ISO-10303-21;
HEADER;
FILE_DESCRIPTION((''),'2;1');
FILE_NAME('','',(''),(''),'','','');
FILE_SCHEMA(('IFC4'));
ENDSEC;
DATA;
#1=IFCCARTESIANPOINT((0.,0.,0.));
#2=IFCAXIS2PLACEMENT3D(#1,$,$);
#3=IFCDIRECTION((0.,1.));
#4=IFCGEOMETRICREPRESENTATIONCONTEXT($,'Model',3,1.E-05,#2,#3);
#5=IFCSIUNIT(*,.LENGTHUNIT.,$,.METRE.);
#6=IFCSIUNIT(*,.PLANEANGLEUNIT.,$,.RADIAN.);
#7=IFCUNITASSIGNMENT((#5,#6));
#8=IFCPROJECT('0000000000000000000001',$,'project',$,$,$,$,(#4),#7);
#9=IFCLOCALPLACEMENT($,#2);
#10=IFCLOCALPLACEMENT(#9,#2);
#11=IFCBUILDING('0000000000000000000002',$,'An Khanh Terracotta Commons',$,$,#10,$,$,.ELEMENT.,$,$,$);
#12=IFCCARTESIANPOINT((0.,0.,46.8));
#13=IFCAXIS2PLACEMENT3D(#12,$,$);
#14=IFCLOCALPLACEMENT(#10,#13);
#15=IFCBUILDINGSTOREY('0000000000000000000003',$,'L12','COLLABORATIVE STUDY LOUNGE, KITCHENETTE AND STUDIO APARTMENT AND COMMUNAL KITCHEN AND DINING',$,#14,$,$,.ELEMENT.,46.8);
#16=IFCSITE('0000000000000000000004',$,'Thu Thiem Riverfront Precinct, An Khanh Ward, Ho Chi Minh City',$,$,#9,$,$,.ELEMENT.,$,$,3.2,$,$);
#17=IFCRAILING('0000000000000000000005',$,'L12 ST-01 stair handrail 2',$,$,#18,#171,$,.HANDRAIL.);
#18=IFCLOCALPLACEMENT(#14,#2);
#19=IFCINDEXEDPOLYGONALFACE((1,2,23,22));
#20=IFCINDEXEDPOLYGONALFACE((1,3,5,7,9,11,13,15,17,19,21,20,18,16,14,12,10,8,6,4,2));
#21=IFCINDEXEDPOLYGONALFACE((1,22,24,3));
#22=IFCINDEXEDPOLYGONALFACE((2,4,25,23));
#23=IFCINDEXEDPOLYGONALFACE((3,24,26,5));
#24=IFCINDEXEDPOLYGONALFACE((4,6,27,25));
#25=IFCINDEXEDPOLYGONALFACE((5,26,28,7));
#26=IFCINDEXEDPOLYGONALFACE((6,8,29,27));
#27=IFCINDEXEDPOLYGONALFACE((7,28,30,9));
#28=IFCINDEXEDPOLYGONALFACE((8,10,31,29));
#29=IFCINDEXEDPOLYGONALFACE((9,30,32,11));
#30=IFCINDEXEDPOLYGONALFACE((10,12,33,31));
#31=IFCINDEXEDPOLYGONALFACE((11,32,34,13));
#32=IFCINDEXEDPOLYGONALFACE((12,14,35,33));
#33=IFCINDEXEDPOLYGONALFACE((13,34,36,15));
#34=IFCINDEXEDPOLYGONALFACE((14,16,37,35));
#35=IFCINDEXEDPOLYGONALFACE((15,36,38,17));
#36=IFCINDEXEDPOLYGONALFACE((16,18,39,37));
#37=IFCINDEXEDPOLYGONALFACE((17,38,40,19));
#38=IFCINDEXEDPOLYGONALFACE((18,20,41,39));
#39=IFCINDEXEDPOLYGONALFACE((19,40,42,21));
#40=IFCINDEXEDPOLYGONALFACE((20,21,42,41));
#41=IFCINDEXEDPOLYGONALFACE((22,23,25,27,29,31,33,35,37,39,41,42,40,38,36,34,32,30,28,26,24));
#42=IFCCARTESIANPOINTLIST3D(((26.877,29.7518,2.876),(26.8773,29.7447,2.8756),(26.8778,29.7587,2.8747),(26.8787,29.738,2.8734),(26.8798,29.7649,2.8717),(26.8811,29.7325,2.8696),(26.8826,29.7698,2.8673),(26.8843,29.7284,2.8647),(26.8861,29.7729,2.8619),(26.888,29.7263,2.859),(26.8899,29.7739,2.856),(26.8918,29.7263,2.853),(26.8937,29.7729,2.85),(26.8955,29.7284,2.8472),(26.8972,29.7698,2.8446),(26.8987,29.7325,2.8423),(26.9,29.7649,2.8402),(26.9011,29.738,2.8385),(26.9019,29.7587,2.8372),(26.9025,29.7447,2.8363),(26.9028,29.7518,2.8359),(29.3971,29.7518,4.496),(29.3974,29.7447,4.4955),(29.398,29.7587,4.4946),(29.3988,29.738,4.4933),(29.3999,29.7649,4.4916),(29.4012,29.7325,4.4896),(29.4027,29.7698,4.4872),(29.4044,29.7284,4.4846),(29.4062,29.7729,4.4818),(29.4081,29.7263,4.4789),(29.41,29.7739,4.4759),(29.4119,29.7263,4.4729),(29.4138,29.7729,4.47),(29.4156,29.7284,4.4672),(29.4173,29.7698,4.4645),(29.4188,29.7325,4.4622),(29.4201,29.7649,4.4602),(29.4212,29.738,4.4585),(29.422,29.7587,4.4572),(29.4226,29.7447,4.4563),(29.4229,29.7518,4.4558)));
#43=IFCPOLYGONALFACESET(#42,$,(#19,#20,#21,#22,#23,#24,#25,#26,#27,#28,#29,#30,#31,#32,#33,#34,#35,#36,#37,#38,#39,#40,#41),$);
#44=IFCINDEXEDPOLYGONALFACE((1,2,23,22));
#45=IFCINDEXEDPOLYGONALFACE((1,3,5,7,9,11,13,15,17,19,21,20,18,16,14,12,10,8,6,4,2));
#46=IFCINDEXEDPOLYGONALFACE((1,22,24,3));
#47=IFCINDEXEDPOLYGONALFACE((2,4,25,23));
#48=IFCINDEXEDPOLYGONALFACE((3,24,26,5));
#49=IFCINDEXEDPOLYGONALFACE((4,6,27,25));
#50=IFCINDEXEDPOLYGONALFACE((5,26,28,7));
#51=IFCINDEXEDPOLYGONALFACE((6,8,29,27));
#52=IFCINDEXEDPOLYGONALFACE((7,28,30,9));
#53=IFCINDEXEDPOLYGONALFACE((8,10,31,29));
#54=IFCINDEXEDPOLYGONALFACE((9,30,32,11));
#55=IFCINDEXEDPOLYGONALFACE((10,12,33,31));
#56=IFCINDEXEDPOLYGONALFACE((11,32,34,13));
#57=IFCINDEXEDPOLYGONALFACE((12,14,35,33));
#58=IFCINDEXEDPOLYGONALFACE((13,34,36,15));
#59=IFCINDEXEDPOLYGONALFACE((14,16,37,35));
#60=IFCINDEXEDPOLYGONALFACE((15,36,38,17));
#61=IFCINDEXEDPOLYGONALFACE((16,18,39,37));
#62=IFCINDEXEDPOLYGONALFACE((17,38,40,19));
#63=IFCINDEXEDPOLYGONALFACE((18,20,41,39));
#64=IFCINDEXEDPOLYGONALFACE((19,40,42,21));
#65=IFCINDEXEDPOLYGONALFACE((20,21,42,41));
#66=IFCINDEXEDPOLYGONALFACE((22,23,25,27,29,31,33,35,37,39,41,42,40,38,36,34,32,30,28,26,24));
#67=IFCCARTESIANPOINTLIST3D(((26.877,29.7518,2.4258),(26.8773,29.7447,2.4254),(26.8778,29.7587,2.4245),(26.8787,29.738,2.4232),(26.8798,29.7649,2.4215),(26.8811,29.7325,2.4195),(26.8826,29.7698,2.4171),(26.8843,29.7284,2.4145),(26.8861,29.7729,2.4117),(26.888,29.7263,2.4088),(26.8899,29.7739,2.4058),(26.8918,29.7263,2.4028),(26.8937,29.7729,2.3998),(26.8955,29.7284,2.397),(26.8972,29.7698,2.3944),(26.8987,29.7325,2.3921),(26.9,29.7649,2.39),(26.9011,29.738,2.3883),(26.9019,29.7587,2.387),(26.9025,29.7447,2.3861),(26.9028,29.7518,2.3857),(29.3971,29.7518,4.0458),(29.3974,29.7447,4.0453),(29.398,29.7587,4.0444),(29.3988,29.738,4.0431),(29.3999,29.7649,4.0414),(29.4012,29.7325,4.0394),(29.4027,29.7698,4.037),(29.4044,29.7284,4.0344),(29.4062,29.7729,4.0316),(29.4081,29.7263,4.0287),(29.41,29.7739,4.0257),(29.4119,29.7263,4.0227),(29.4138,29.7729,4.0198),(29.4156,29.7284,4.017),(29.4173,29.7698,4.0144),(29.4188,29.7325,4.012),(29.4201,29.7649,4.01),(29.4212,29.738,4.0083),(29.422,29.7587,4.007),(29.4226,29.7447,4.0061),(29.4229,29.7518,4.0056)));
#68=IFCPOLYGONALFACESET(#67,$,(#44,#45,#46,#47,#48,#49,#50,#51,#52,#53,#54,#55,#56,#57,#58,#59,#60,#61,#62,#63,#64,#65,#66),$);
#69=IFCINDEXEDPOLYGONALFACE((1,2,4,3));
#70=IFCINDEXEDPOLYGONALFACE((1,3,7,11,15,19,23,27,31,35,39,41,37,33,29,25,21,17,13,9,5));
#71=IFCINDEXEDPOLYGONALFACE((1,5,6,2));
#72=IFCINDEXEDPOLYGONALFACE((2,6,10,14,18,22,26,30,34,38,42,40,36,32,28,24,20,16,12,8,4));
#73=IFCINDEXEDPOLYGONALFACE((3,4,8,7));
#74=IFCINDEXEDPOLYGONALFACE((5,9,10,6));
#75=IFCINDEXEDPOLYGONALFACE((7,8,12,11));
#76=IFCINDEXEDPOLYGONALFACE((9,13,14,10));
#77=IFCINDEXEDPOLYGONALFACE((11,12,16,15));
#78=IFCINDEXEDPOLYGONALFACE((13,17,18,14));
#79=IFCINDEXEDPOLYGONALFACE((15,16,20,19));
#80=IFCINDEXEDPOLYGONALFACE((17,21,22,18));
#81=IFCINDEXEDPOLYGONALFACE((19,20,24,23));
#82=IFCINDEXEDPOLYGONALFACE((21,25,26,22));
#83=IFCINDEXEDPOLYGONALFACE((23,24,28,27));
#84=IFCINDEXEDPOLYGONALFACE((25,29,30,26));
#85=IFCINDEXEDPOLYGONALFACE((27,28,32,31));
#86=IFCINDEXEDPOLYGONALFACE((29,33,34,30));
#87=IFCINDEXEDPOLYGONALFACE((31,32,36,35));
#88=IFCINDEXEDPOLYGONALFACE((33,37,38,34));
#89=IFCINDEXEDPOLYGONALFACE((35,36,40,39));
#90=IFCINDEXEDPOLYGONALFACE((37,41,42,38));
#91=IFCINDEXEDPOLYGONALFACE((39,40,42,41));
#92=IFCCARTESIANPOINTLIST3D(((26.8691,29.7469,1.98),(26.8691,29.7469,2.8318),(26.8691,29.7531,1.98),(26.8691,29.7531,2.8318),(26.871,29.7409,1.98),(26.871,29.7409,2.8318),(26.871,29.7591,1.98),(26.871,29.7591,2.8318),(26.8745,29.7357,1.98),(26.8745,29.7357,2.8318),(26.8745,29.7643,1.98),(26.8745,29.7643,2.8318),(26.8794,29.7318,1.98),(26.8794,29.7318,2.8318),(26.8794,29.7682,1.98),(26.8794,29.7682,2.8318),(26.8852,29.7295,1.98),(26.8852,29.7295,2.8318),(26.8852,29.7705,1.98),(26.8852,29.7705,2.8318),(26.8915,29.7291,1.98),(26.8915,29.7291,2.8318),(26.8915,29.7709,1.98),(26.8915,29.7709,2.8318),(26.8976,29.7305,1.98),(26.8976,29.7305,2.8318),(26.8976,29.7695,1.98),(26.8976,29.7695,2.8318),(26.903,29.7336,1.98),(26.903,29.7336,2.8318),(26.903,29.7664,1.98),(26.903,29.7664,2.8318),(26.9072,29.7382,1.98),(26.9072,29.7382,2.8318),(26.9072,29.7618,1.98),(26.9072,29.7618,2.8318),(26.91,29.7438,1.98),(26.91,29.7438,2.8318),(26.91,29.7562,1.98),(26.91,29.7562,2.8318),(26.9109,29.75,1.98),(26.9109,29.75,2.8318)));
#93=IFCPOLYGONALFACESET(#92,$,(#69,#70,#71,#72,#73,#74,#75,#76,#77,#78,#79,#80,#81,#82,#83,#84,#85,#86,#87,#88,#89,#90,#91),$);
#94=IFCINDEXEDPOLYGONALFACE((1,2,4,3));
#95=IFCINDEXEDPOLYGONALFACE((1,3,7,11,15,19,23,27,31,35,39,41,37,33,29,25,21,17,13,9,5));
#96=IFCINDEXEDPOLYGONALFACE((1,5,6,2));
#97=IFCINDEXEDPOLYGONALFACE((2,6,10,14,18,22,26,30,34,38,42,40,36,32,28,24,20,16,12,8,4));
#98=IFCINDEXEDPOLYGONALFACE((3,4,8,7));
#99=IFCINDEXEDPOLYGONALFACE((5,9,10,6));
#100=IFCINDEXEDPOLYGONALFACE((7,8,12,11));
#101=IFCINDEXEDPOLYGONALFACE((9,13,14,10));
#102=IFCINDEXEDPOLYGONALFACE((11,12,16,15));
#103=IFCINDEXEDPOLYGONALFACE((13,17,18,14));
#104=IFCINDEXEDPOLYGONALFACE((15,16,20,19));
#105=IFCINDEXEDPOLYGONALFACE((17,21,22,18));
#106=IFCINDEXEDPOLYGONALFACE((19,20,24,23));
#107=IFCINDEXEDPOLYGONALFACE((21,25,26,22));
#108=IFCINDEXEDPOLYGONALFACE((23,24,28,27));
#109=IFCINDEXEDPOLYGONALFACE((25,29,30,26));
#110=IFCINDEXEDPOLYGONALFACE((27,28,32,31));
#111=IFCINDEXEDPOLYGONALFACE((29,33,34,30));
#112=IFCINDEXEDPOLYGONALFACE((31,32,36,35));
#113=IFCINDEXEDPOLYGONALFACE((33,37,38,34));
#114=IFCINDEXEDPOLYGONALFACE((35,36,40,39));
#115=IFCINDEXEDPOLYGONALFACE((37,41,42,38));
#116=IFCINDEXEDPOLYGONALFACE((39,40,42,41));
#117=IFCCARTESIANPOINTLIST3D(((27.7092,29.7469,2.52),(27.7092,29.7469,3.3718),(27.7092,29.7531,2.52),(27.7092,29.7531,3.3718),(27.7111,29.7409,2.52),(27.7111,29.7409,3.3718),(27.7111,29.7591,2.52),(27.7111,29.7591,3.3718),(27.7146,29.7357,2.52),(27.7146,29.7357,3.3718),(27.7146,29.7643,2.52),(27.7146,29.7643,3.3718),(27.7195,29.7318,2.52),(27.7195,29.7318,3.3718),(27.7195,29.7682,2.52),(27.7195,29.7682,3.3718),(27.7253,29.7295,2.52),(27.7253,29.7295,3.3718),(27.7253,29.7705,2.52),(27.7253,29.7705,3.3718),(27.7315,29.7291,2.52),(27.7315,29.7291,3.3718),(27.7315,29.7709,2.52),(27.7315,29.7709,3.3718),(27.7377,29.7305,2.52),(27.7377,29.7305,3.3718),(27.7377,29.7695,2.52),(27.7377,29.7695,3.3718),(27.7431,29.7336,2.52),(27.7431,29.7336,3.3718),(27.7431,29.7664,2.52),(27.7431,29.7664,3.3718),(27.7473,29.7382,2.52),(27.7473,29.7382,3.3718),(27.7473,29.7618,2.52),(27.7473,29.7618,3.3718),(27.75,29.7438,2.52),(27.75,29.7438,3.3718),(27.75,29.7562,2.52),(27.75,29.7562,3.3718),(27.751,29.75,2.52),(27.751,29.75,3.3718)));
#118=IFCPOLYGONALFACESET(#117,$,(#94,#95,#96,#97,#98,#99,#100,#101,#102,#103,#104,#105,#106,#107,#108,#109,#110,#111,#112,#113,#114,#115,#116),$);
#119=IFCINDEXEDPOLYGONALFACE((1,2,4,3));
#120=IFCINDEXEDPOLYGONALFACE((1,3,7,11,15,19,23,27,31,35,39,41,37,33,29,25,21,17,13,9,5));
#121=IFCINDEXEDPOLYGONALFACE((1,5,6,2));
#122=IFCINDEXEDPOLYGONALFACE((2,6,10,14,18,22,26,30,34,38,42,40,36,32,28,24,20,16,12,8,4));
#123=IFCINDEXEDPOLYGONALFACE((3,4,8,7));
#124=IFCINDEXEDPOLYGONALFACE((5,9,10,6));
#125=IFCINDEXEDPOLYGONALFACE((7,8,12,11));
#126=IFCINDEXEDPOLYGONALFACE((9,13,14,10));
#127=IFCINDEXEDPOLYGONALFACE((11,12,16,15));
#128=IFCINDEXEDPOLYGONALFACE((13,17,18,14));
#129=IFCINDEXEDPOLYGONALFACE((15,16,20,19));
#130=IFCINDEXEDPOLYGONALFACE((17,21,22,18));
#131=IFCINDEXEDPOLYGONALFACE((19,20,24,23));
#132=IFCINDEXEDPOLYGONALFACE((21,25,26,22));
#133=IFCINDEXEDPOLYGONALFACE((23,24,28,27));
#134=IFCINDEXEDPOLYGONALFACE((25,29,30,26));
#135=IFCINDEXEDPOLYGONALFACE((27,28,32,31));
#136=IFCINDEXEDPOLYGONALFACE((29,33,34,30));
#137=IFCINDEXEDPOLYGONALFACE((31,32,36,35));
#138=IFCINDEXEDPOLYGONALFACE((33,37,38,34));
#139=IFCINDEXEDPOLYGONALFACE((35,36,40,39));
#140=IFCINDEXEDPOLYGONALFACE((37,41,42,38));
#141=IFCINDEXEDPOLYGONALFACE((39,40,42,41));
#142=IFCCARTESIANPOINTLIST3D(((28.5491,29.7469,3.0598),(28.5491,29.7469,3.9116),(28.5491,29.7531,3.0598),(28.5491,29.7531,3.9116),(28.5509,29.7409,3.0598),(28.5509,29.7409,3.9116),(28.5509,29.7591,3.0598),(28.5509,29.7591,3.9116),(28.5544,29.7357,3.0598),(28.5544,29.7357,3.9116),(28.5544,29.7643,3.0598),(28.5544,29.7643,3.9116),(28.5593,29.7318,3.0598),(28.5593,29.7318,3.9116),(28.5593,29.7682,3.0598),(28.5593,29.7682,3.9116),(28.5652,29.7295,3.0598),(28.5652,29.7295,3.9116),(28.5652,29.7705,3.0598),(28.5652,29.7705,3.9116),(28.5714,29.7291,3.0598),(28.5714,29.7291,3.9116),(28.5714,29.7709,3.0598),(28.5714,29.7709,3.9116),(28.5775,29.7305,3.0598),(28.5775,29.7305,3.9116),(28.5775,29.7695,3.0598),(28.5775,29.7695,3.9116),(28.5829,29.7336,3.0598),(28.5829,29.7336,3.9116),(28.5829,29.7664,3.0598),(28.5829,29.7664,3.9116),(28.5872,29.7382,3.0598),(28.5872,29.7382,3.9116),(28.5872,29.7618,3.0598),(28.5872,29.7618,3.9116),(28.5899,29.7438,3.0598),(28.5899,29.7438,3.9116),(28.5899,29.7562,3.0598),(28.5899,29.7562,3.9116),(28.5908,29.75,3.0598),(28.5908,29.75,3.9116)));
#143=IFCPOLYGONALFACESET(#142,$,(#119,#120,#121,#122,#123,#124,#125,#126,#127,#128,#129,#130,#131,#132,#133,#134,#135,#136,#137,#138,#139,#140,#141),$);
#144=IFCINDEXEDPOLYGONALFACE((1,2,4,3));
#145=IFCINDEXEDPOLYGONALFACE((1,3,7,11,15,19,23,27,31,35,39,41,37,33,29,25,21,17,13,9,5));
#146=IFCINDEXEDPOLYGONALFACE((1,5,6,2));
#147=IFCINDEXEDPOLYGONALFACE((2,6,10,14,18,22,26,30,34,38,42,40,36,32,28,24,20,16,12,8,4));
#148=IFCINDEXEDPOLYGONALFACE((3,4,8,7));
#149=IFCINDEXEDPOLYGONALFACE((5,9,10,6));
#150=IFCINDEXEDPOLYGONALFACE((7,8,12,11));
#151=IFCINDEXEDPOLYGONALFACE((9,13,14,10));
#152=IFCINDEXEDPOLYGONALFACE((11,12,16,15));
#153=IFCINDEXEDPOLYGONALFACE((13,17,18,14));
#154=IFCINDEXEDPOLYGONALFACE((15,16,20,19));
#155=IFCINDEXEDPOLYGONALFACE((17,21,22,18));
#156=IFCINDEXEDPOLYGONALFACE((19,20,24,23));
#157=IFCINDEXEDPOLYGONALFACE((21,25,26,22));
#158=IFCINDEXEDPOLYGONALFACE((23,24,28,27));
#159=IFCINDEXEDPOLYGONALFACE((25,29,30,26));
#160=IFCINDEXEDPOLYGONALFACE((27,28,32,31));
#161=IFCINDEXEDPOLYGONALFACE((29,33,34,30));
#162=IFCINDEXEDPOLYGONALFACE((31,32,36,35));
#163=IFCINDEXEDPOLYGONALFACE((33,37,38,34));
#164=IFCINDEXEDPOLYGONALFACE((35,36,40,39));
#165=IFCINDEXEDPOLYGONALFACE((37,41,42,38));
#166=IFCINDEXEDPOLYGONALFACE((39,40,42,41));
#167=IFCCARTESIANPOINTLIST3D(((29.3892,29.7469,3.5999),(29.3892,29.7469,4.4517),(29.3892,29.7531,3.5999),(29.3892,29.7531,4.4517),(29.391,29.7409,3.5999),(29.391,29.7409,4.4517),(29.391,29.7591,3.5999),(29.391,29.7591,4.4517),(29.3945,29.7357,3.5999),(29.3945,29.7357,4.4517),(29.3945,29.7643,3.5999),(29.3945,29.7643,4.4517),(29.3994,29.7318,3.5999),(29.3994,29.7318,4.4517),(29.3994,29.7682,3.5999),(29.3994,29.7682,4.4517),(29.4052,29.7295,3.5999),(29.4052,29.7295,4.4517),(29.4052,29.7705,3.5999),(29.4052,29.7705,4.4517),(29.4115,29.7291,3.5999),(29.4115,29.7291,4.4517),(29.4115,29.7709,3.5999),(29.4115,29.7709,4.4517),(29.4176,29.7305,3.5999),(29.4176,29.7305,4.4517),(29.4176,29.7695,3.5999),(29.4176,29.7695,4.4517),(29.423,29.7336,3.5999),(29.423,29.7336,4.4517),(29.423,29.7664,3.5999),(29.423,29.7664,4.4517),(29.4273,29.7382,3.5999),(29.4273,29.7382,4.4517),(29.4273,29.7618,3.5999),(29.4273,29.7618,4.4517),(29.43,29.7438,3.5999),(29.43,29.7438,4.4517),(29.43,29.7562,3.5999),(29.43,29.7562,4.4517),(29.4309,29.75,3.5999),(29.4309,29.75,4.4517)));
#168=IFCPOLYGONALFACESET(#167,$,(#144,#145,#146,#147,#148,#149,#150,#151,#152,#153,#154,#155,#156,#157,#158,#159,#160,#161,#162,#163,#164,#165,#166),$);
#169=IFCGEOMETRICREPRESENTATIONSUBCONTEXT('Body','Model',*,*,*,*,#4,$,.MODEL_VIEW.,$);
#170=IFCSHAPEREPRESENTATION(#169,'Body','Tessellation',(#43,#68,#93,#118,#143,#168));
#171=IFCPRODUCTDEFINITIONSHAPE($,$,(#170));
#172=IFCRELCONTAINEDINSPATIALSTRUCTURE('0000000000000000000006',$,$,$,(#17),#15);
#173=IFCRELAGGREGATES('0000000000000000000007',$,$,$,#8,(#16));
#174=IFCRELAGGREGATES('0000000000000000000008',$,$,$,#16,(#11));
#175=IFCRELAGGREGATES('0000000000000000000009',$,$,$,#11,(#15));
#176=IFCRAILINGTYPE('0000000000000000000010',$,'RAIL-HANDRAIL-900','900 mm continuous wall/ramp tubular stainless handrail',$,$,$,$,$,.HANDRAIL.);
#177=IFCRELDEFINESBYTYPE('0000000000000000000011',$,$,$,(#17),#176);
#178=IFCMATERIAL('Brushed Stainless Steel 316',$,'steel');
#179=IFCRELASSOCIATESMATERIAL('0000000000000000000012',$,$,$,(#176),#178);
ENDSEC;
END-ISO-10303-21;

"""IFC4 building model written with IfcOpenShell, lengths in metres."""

from ifc_helpers import new_model, si_unit, direction, frame, origin, origin_2d, place, context, subcontext, project, spatial, circle, extrude, material, type_object, element, save


model = new_model("IFC4")

# Units and contexts
model_context = context("Model", 3, precision=1e-05, world=origin(), true_north=direction((0.0, 1.0)))
body_context = subcontext(model_context, "Body", "Model", "MODEL_VIEW")
ifc_project = project(units=[si_unit("LENGTHUNIT", "METRE"), si_unit("PLANEANGLEUNIT", "RADIAN")], contexts=[model_context])

# Site, building, storey
site_placement = place(None, origin())
site = spatial("IfcSite", under=ifc_project, at=site_placement, Name="Thu Thiem Riverfront Precinct, An Khanh Ward, Ho Chi Minh City", CompositionType="ELEMENT", RefElevation=3.2)
building_placement = place(site_placement, origin())
building = spatial("IfcBuilding", under=site, at=building_placement, Name="An Khanh Terracotta Commons", CompositionType="ELEMENT")
storey_placement = place(building_placement, frame((0.0, 0.0, 46.8)))
storey = spatial("IfcBuildingStorey", under=building, at=storey_placement, Name="L12", Description="COLLABORATIVE STUDY LOUNGE, KITCHENETTE AND STUDIO APARTMENT AND COMMUNAL KITCHEN AND DINING", CompositionType="ELEMENT", Elevation=46.8)

# Railing
ifc_material_1 = material(Name="Brushed Stainless Steel 316", Category="steel")
railing_type_1 = type_object("IfcRailingType", Name="RAIL-HANDRAIL-900", Description="900 mm continuous wall/ramp tubular stainless handrail", PredefinedType="HANDRAIL", material=ifc_material_1)
railing_1_placement = place(storey_placement, frame((26.8899, 29.75, 1.98)))
element("IfcRailing", 1, at=railing_1_placement, inside=storey, type_object=railing_type_1, Name="L12 ST-01 stair handrail 2", PredefinedType="HANDRAIL", context=body_context, shape_type="SweptSolid", body=[
    extrude(circle(Radius=0.0239, at=origin_2d()), frame((0.0, 0.0, 0.876), z_axis=(0.8412, 0.0, 0.540725), x_axis=(0.0, 1.0, 0.0)), (0.0, 0.0, 1.0), 2.9958),
    extrude(circle(Radius=0.0239, at=origin_2d()), frame((0.0, 0.0, 0.4258), z_axis=(0.8412, 0.0, 0.540725), x_axis=(0.0, 1.0, 0.0)), (0.0, 0.0, 1.0), 2.9958),
    extrude(circle(Radius=0.021, at=origin_2d()), origin(), (0.0, 0.0, 1.0), 0.8518),
    extrude(circle(Radius=0.021, at=origin_2d()), frame((0.8401, 0.0, 0.54)), (0.0, 0.0, 1.0), 0.8518),
    extrude(circle(Radius=0.021, at=origin_2d()), frame((1.6799, 0.0, 1.0798)), (0.0, 0.0, 1.0), 0.8518),
    extrude(circle(Radius=0.021, at=origin_2d()), frame((2.52, 0.0, 1.6199)), (0.0, 0.0, 1.0), 0.8518),
])

save(model, "model.ifc")
